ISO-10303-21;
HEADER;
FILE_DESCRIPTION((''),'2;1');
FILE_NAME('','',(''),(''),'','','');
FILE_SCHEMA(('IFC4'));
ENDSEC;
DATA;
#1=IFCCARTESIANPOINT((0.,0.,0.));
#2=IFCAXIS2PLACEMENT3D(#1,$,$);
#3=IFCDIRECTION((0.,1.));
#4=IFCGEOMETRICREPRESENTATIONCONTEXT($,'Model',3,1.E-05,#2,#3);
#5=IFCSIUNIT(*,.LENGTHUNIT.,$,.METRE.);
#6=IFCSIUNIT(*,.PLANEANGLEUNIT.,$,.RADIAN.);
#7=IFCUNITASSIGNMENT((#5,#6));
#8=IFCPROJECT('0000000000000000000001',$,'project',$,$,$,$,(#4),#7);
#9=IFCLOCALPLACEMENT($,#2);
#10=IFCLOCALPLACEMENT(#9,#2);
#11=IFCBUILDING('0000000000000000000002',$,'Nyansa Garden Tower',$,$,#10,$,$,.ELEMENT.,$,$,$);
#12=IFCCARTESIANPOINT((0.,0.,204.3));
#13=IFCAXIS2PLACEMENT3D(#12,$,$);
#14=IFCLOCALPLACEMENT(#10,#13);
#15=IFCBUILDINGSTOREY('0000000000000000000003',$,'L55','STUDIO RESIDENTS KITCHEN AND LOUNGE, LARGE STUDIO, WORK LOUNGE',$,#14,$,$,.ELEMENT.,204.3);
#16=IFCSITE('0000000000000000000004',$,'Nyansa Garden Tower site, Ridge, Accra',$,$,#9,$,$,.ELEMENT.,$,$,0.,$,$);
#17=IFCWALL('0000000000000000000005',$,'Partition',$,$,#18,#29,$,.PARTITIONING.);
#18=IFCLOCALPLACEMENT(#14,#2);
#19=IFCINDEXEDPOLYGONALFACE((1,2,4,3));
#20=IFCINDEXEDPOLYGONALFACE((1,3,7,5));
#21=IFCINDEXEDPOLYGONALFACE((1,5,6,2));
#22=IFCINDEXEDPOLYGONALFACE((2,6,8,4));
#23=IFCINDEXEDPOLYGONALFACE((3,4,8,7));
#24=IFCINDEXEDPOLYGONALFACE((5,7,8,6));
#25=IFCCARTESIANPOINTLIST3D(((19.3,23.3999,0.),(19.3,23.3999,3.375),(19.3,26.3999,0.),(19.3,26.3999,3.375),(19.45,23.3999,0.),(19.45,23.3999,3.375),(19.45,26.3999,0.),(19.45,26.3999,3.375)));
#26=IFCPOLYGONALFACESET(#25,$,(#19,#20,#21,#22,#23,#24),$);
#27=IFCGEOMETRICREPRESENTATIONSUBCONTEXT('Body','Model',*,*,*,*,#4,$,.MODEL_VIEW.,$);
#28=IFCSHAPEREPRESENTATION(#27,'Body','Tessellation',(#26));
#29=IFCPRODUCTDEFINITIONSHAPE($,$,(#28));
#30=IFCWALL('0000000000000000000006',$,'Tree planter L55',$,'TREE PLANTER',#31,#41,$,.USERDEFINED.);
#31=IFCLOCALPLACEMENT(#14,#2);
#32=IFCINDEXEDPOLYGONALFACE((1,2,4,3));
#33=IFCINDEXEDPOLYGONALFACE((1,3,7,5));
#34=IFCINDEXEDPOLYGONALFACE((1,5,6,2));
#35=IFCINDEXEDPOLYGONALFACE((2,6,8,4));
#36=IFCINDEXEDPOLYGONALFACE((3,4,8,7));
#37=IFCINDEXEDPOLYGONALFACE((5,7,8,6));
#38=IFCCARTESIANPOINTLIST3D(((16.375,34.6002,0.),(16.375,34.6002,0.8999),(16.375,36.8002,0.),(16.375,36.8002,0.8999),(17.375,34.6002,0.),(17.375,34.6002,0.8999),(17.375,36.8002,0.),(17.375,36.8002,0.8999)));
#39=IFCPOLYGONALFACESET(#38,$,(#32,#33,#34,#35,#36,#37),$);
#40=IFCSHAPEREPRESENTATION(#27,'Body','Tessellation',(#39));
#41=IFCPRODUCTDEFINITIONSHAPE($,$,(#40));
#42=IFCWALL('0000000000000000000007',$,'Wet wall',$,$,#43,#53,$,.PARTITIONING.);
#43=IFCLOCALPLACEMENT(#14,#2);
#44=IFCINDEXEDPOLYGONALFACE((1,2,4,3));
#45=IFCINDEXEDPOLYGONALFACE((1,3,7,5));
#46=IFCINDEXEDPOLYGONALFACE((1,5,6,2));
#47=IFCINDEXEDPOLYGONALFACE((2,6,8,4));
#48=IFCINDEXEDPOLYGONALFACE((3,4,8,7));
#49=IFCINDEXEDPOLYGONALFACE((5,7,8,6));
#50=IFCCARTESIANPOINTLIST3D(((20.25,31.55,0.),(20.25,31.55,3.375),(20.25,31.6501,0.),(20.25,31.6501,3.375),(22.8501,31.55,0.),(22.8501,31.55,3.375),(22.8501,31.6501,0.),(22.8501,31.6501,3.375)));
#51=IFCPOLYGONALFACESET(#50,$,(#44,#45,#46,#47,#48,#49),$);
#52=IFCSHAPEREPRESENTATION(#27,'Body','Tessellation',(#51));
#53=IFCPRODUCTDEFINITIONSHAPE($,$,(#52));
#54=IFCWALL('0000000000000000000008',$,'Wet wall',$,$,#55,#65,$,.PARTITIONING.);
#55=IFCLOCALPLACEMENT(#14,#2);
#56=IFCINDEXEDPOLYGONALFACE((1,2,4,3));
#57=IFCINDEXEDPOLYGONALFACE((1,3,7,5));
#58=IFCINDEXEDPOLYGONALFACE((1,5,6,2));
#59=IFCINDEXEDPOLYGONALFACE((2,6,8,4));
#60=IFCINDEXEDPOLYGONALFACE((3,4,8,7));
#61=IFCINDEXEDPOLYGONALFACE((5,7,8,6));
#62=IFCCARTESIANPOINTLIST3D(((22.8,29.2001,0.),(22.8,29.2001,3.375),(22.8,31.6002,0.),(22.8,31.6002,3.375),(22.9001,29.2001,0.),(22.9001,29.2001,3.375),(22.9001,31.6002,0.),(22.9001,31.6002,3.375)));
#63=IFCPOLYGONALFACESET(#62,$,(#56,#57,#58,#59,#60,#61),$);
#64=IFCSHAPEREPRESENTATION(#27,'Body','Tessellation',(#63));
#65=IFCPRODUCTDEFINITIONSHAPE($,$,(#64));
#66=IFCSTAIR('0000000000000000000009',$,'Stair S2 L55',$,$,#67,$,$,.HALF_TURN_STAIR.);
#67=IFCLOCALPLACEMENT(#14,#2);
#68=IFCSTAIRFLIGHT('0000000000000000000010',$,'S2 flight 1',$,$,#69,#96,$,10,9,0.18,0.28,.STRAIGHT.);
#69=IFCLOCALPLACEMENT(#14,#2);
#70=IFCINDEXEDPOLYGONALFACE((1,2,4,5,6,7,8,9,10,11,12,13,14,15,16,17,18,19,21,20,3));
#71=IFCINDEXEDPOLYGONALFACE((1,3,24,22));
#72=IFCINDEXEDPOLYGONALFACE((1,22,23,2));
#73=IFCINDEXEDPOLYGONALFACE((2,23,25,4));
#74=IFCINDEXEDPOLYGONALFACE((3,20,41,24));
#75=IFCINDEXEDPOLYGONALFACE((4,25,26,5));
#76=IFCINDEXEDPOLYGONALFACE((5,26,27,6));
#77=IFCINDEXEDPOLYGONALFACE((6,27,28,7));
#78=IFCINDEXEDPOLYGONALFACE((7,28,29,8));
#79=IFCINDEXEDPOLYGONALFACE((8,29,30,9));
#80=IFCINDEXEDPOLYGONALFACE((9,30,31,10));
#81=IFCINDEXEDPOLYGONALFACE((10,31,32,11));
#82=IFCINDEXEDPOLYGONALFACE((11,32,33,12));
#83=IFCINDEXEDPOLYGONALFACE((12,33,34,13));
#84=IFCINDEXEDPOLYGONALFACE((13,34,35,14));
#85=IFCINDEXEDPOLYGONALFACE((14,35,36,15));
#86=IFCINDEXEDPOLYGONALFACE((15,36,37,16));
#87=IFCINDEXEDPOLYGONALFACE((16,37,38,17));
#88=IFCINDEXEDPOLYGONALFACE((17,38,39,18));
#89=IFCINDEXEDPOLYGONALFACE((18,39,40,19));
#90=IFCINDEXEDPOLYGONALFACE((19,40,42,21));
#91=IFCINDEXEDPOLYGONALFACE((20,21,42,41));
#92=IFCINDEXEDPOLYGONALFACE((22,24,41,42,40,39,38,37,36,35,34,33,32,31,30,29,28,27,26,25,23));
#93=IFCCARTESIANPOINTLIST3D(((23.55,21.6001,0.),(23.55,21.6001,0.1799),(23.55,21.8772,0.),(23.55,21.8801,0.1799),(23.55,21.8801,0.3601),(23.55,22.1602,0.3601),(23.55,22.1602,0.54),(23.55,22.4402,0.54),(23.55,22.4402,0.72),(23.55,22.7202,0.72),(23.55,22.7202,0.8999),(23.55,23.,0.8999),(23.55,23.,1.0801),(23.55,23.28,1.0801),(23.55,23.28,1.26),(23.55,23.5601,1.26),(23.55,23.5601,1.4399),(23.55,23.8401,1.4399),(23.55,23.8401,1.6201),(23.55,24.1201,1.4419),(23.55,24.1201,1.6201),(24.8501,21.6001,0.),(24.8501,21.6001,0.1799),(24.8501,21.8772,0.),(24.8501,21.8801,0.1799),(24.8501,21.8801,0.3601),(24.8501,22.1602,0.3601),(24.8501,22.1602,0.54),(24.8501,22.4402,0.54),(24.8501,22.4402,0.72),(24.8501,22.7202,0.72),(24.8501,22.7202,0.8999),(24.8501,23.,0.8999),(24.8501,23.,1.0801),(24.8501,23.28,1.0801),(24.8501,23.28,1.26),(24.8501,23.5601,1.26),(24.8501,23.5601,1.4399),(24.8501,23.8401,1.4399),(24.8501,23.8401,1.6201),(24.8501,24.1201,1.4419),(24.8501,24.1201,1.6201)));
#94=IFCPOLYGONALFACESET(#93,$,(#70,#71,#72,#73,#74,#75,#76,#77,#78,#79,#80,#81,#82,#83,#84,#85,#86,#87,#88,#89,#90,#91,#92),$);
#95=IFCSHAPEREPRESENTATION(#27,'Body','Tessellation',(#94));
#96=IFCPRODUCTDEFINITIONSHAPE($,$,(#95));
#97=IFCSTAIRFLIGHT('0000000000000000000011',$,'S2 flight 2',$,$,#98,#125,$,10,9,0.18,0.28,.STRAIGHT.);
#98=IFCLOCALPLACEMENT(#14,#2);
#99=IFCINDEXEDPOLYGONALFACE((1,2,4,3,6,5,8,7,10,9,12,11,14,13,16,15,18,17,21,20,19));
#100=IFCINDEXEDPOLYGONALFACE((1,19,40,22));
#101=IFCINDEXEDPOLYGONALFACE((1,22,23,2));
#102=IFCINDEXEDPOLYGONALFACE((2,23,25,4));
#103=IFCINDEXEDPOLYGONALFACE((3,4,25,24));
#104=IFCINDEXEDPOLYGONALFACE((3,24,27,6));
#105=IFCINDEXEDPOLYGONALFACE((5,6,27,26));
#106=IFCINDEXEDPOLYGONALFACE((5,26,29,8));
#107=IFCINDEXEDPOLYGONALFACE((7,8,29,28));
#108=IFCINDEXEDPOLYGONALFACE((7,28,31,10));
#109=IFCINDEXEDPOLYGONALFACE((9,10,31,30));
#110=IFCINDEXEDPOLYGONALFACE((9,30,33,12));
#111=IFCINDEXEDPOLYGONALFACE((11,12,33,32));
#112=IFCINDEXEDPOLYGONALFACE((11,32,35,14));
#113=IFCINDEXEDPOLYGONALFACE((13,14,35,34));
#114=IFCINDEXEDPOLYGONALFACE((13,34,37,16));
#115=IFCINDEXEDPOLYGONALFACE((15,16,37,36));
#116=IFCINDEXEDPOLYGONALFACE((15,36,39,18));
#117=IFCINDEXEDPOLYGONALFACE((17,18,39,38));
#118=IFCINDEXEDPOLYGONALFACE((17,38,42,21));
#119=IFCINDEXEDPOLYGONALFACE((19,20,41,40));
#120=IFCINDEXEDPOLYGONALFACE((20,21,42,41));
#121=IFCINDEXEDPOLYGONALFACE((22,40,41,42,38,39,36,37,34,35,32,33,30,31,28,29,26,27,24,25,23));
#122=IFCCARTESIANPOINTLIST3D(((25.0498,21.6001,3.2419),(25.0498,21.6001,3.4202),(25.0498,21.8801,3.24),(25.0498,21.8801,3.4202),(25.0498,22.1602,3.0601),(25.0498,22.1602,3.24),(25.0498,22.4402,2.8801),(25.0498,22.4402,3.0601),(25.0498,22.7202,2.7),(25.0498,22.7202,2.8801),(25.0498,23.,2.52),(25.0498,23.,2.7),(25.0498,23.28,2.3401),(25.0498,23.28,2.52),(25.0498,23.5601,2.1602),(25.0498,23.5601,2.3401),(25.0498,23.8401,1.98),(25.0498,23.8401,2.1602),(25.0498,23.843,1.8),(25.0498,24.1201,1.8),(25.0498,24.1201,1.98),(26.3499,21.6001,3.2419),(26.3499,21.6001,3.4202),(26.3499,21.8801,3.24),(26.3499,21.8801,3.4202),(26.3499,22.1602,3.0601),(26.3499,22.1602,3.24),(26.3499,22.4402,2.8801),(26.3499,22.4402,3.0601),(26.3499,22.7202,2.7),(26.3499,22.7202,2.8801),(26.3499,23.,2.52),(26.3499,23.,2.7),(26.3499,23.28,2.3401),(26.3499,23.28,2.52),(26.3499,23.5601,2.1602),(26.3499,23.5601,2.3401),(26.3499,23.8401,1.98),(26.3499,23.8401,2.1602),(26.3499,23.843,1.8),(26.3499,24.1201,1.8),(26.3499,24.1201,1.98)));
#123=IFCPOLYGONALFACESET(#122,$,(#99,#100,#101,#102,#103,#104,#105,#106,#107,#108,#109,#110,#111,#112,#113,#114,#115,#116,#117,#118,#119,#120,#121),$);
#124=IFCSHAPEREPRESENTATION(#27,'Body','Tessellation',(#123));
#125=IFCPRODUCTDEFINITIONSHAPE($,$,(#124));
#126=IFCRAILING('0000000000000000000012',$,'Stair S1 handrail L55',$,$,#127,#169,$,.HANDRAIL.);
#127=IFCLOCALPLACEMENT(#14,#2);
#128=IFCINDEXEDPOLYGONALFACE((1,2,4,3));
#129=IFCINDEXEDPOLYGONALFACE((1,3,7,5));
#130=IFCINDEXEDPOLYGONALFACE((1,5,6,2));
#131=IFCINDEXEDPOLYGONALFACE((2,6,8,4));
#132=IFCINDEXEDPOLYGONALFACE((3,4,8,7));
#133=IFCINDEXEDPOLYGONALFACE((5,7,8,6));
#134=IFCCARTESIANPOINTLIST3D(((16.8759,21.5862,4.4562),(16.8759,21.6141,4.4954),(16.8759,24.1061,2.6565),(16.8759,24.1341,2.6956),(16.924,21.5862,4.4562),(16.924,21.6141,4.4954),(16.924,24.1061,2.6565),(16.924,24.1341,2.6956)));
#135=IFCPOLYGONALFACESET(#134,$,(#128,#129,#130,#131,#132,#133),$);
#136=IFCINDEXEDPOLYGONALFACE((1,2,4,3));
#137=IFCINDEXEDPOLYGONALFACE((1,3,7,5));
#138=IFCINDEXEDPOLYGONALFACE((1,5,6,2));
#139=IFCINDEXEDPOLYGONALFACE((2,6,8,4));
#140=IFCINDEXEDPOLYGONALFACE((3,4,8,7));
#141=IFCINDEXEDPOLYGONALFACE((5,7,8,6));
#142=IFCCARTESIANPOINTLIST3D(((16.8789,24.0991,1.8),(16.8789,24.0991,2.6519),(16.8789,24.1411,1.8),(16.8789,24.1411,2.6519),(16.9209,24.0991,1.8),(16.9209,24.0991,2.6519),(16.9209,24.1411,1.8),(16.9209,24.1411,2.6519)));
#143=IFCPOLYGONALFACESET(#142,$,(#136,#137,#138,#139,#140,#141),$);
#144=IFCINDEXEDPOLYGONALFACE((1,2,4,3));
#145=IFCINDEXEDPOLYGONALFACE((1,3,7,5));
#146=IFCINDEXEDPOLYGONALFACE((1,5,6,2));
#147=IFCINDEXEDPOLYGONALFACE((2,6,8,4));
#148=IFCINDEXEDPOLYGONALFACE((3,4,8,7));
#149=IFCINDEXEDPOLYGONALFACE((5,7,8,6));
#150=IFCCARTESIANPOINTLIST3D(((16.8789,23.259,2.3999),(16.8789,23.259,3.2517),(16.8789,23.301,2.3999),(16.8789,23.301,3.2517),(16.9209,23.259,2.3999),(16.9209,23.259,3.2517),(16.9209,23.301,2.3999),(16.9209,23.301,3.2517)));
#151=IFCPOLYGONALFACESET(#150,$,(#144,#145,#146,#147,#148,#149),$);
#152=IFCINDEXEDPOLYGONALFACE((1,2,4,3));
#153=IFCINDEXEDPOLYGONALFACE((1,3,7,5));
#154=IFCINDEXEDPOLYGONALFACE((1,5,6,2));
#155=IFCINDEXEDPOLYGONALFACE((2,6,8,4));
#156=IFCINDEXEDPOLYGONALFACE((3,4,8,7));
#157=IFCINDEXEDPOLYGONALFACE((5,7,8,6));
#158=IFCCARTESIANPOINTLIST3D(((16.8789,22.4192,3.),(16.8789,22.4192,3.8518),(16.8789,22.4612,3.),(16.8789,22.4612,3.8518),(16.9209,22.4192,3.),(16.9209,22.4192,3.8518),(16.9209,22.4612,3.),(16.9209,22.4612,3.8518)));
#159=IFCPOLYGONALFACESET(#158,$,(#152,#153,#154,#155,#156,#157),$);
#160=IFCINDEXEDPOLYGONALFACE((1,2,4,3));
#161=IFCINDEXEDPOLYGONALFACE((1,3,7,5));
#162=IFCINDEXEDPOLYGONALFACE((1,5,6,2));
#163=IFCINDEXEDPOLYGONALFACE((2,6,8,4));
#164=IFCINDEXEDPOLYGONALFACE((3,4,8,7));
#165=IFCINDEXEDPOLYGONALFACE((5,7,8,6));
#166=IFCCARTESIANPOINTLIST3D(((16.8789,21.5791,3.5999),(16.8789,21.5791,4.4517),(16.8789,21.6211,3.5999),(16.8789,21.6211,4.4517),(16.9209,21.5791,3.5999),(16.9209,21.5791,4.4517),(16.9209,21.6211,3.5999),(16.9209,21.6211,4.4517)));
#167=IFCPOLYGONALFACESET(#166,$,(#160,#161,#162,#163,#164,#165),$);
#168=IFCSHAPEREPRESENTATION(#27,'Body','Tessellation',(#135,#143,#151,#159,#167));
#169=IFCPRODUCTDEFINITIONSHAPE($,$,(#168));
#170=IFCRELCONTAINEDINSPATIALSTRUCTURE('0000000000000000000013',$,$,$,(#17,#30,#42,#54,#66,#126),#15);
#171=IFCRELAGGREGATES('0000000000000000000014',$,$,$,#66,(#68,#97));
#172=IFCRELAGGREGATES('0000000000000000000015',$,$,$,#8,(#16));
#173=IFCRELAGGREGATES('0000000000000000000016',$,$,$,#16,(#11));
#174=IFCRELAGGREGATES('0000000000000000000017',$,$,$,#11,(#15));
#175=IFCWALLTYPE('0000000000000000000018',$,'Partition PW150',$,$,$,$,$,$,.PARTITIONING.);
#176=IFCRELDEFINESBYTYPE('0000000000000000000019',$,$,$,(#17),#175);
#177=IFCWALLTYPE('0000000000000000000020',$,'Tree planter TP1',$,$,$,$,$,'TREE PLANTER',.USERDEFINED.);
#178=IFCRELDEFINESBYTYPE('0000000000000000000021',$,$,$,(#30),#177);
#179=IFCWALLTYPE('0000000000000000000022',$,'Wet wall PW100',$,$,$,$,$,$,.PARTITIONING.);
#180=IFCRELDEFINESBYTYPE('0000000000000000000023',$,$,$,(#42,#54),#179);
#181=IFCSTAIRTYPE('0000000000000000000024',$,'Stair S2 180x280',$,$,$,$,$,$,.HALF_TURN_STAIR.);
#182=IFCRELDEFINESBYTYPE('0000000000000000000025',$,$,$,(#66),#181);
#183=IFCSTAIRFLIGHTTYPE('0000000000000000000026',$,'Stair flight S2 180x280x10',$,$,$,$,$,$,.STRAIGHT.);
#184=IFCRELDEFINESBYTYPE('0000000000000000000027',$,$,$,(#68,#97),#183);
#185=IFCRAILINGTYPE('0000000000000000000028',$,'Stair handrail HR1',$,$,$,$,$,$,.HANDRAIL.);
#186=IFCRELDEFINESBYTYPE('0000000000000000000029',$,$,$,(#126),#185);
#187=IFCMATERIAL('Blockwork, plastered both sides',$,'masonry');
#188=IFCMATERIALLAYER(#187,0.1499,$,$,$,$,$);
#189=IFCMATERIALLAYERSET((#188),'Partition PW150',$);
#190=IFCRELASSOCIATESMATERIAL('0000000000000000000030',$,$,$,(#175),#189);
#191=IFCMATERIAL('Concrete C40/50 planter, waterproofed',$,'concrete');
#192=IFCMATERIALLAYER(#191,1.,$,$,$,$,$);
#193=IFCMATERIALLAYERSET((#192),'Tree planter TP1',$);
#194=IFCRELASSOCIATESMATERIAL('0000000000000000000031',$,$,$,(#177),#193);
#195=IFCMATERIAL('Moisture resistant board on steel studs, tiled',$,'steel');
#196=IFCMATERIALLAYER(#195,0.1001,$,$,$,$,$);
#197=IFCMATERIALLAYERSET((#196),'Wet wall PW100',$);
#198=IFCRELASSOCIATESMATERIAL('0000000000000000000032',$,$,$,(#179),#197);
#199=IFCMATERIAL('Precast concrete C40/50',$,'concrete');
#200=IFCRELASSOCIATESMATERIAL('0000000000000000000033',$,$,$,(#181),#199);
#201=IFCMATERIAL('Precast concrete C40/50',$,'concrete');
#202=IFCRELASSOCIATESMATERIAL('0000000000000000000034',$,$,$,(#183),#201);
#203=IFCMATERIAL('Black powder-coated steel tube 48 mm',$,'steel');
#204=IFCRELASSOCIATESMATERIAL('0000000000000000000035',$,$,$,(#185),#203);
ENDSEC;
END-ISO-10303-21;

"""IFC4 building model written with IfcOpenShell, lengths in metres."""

from ifc_helpers import new_model, si_unit, direction, frame, frame_2d, origin, origin_2d, place, context, subcontext, project, spatial, polyline, rectangle, outline, extrude, material, layer, layer_set, type_object, element, aggregate, save


model = new_model("IFC4")

# Units and contexts
model_context = context("Model", 3, precision=1e-05, world=origin(), true_north=direction((0.0, 1.0)))
body_context = subcontext(model_context, "Body", "Model", "MODEL_VIEW")
ifc_project = project(units=[si_unit("LENGTHUNIT", "METRE"), si_unit("PLANEANGLEUNIT", "RADIAN")], contexts=[model_context])

# Site, building, storey
site_placement = place(None, origin())
site = spatial("IfcSite", under=ifc_project, at=site_placement, Name="Nyansa Garden Tower site, Ridge, Accra", CompositionType="ELEMENT", RefElevation=0.0)
building_placement = place(site_placement, origin())
building = spatial("IfcBuilding", under=site, at=building_placement, Name="Nyansa Garden Tower", CompositionType="ELEMENT")
storey_placement = place(building_placement, frame((0.0, 0.0, 204.3)))
storey = spatial("IfcBuildingStorey", under=building, at=storey_placement, Name="L55", Description="STUDIO RESIDENTS KITCHEN AND LOUNGE, LARGE STUDIO, WORK LOUNGE", CompositionType="ELEMENT", Elevation=204.3)

# Walls
ifc_material_1 = material(Name="Blockwork, plastered both sides", Category="masonry")
ifc_layer_1 = layer(ifc_material_1, 0.1499)
ifc_layer_set_1 = layer_set([ifc_layer_1], Name="Partition PW150")
wall_type_1 = type_object("IfcWallType", Name="Partition PW150", PredefinedType="PARTITIONING", material=ifc_layer_set_1)
wall_1_placement = place(storey_placement, frame((19.375, 23.3999, 0.0), z_axis=(0.0, 0.0, 1.0), x_axis=(0.0, 1.0, 0.0)))
element("IfcWall", 1, at=wall_1_placement, inside=storey, type_object=wall_type_1, Name="Partition", PredefinedType="PARTITIONING", context=body_context, shape_type="SweptSolid", body=[
    extrude(rectangle(XDim=3.0, YDim=0.1499, at=frame_2d((1.5, 0.0))), origin(), (0.0, 0.0, 1.0), 3.375),
])
ifc_material_2 = material(Name="Concrete C40/50 planter, waterproofed", Category="concrete")
ifc_layer_2 = layer(ifc_material_2, 1.0)
ifc_layer_set_2 = layer_set([ifc_layer_2], Name="Tree planter TP1")
wall_type_2 = type_object("IfcWallType", Name="Tree planter TP1", ElementType="TREE PLANTER", PredefinedType="USERDEFINED", material=ifc_layer_set_2)
wall_2_placement = place(storey_placement, frame((16.875, 34.6001, 0.0), z_axis=(0.0, 0.0, 1.0), x_axis=(0.0, 1.0, 0.0)))
element("IfcWall", 2, at=wall_2_placement, inside=storey, type_object=wall_type_2, Name="Tree planter L55", ObjectType="TREE PLANTER", PredefinedType="USERDEFINED", context=body_context, shape_type="SweptSolid", body=[
    extrude(rectangle(XDim=2.2, YDim=1.0, at=frame_2d((1.1001, 0.0))), origin(), (0.0, 0.0, 1.0), 0.8999),
])
ifc_material_3 = material(Name="Moisture resistant board on steel studs, tiled", Category="steel")
ifc_layer_3 = layer(ifc_material_3, 0.1001)
ifc_layer_set_3 = layer_set([ifc_layer_3], Name="Wet wall PW100")
wall_type_3 = type_object("IfcWallType", Name="Wet wall PW100", PredefinedType="PARTITIONING", material=ifc_layer_set_3)
wall_3_placement = place(storey_placement, frame((20.25, 31.6001, 0.0), z_axis=(0.0, 0.0, 1.0), x_axis=(1.0, 0.0, 0.0)))
element("IfcWall", 3, at=wall_3_placement, inside=storey, type_object=wall_type_3, Name="Wet wall", PredefinedType="PARTITIONING", context=body_context, shape_type="SweptSolid", body=[
    extrude(rectangle(XDim=2.6001, YDim=0.1001, at=frame_2d((1.3, 0.0))), origin(), (0.0, 0.0, 1.0), 3.375),
])
wall_4_placement = place(storey_placement, frame((22.8501, 29.2, 0.0), z_axis=(0.0, 0.0, 1.0), x_axis=(0.0, 1.0, 0.0)))
element("IfcWall", 4, at=wall_4_placement, inside=storey, type_object=wall_type_3, Name="Wet wall", PredefinedType="PARTITIONING", context=body_context, shape_type="SweptSolid", body=[
    extrude(rectangle(XDim=2.4001, YDim=0.1001, at=frame_2d((1.2002, 0.0))), origin(), (0.0, 0.0, 1.0), 3.375),
])

# Stair, stair flights
ifc_material_4 = material(Name="Precast concrete C40/50", Category="concrete")
stair_type = type_object("IfcStairType", Name="Stair S2 180x280", PredefinedType="HALF_TURN_STAIR", material=ifc_material_4)
stair_placement = place(storey_placement, origin())
stair = element("IfcStair", 5, at=stair_placement, inside=storey, type_object=stair_type, Name="Stair S2 L55", PredefinedType="HALF_TURN_STAIR")
ifc_material_5 = material(Name="Precast concrete C40/50", Category="concrete")
stair_flight_type = type_object("IfcStairFlightType", Name="Stair flight S2 180x280x10", PredefinedType="STRAIGHT", material=ifc_material_5)
stair_flight_1_placement = place(storey_placement, frame((24.2, 21.6001, 0.0), z_axis=(0.0, 0.0, 1.0), x_axis=(0.0, 1.0, 0.0)))
stair_flight_1 = element("IfcStairFlight", 6, at=stair_flight_1_placement, type_object=stair_flight_type, Name="S2 flight 1", NumberOfRisers=10, NumberOfTreads=9, PredefinedType="STRAIGHT", RiserHeight=0.18, TreadLength=0.28, context=body_context, shape_type="SweptSolid", body=[
    extrude(outline(polyline([(0.0, 0.0), (0.0, 0.1799), (0.28, 0.1799), (0.28, 0.3601), (0.5601, 0.3601), (0.5601, 0.54), (0.8401, 0.54), (0.8401, 0.72), (1.1201, 0.72), (1.1201, 0.8999), (1.3999, 0.8999), (1.3999, 1.0801), (1.6799, 1.0801), (1.6799, 1.26), (1.96, 1.26), (1.96, 1.4399), (2.24, 1.4399), (2.24, 1.6201), (2.52, 1.6201), (2.52, 1.8), (2.52, 1.4419), (0.2771, 0.0), (0.0, 0.0)])), frame((0.0, 0.6499, 0.0), z_axis=(0.0, -1.0, 0.0), x_axis=(1.0, 0.0, 0.0)), (0.0, 0.0, 1.0), 1.3),
])
stair_flight_2_placement = place(storey_placement, frame((25.7, 24.1201, 1.8), z_axis=(0.0, 0.0, 1.0), x_axis=(0.0, -1.0, 0.0)))
stair_flight_2 = element("IfcStairFlight", 7, at=stair_flight_2_placement, type_object=stair_flight_type, Name="S2 flight 2", NumberOfRisers=10, NumberOfTreads=9, PredefinedType="STRAIGHT", RiserHeight=0.18, TreadLength=0.28, context=body_context, shape_type="SweptSolid", body=[
    extrude(outline(polyline([(0.0, 0.0), (0.0, 0.1799), (0.28, 0.1799), (0.28, 0.3601), (0.5601, 0.3601), (0.5601, 0.54), (0.8401, 0.54), (0.8401, 0.72), (1.1201, 0.72), (1.1201, 0.8999), (1.3999, 0.8999), (1.3999, 1.0801), (1.6799, 1.0801), (1.6799, 1.26), (1.96, 1.26), (1.96, 1.4399), (2.24, 1.4399), (2.24, 1.6201), (2.52, 1.6201), (2.52, 1.8), (2.52, 1.4419), (0.2771, 0.0), (0.0, 0.0)])), frame((0.0, 0.6499, 0.0), z_axis=(0.0, -1.0, 0.0), x_axis=(1.0, 0.0, 0.0)), (0.0, 0.0, 1.0), 1.3),
])
aggregate(stair, [stair_flight_1, stair_flight_2])

# Railing
ifc_material_6 = material(Name="Black powder-coated steel tube 48 mm", Category="steel")
railing_type = type_object("IfcRailingType", Name="Stair handrail HR1", PredefinedType="HANDRAIL", material=ifc_material_6)
railing_1_placement = place(storey_placement, frame((16.8999, 24.1201, 1.8)))
element("IfcRailing", 8, at=railing_1_placement, inside=storey, type_object=railing_type, Name="Stair S1 handrail L55", PredefinedType="HANDRAIL", context=body_context, shape_type="SweptSolid", body=[
    extrude(rectangle(XDim=0.0481, YDim=0.0481, at=origin_2d()), frame((0.0, 0.0, 0.876), z_axis=(0.0, -0.813765, 0.581193), x_axis=(1.0, 0.0, 0.0)), (0.0, 0.0, 1.0), 3.0967),
    extrude(rectangle(XDim=0.042, YDim=0.042, at=origin_2d()), origin(), (0.0, 0.0, 1.0), 0.8518),
    extrude(rectangle(XDim=0.042, YDim=0.042, at=origin_2d()), frame((0.0, -0.8401, 0.5999)), (0.0, 0.0, 1.0), 0.8518),
    extrude(rectangle(XDim=0.042, YDim=0.042, at=origin_2d()), frame((0.0, -1.6799, 1.2)), (0.0, 0.0, 1.0), 0.8518),
    extrude(rectangle(XDim=0.042, YDim=0.042, at=origin_2d()), frame((0.0, -2.52, 1.7998)), (0.0, 0.0, 1.0), 0.8518),
])

save(model, "model.ifc")
